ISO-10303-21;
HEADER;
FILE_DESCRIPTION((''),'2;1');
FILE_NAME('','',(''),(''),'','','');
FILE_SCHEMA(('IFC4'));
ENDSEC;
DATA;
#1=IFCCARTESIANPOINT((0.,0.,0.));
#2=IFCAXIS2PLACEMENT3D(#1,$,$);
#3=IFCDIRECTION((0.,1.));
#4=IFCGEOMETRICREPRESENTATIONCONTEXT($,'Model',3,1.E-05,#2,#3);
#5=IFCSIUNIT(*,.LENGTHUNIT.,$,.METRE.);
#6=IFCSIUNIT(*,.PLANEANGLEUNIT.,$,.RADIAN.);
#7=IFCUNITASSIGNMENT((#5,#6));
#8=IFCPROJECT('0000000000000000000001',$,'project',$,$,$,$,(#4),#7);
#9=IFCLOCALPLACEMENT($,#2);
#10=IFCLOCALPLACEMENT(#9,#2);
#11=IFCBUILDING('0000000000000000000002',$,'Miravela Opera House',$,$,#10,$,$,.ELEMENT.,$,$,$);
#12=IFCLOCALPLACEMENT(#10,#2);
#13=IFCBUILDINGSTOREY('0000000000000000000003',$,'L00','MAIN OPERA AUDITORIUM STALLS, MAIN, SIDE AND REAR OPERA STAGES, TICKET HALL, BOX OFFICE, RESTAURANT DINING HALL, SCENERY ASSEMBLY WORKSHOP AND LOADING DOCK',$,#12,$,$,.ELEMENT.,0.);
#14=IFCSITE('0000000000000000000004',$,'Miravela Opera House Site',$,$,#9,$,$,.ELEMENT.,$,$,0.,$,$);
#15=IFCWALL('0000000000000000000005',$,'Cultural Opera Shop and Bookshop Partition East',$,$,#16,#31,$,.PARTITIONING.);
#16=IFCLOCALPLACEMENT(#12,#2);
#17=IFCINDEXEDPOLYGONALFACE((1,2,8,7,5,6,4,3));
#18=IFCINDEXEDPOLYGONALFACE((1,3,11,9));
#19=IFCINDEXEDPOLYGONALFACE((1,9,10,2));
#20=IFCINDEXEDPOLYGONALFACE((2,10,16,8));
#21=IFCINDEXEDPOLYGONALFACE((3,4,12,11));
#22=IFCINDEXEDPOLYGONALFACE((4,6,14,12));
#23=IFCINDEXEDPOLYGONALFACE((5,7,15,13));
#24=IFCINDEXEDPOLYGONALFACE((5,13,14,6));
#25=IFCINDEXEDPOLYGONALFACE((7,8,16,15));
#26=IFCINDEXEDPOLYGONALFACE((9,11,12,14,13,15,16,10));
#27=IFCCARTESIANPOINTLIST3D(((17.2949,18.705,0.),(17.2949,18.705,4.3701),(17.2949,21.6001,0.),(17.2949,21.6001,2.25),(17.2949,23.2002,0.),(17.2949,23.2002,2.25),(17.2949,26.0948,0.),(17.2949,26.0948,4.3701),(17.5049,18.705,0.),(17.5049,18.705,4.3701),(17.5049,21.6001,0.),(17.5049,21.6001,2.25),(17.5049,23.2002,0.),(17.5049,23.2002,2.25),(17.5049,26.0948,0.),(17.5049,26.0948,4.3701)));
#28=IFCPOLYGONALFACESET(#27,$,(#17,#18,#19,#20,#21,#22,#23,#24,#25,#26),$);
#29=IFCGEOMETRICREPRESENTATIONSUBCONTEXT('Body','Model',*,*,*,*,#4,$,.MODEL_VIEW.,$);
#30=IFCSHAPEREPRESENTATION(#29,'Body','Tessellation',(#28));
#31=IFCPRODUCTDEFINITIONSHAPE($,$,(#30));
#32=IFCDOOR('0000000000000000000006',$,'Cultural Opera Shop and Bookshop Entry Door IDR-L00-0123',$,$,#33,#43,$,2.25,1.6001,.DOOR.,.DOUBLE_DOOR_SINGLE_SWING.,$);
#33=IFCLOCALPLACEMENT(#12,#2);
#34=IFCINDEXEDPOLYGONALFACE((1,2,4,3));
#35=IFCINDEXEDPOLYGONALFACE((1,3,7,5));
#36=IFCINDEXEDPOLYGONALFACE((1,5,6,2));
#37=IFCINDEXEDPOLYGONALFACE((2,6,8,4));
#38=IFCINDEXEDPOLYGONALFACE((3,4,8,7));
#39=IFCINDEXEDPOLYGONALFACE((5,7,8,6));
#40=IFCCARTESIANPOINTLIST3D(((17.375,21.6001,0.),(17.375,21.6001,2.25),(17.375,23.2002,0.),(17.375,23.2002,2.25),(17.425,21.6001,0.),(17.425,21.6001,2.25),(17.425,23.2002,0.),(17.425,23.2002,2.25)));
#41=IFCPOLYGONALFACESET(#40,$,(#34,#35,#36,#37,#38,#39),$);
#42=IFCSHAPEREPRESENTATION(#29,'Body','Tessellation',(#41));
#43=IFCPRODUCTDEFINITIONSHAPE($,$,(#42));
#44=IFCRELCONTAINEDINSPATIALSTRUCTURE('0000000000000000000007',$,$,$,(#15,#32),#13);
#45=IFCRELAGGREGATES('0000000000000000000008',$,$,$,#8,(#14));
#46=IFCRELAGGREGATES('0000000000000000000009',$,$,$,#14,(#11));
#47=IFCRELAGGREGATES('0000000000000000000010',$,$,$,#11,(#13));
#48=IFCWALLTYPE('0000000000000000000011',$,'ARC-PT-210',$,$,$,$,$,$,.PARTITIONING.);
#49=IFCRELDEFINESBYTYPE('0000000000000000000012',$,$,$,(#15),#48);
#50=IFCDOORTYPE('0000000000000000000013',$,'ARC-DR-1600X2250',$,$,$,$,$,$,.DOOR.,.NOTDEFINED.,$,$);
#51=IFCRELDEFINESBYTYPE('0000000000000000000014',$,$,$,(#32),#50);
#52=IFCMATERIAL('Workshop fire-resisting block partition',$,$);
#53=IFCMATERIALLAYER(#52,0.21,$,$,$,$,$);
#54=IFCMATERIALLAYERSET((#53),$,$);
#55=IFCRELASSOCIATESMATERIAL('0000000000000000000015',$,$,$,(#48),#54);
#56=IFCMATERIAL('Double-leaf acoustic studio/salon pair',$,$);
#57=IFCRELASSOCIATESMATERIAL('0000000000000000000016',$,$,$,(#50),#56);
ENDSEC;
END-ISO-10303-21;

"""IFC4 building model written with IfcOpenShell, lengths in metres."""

from ifc_helpers import new_model, si_unit, direction, frame, frame_2d, origin, place, context, subcontext, project, spatial, rectangle, extrude, material, layer, layer_set, type_object, element, fill, save


model = new_model("IFC4")

# Units and contexts
model_context = context("Model", 3, precision=1e-05, world=origin(), true_north=direction((0.0, 1.0)))
body_context = subcontext(model_context, "Body", "Model", "MODEL_VIEW")
ifc_project = project(units=[si_unit("LENGTHUNIT", "METRE"), si_unit("PLANEANGLEUNIT", "RADIAN")], contexts=[model_context])

# Site, building, storey
site_placement = place(None, origin())
site = spatial("IfcSite", under=ifc_project, at=site_placement, Name="Miravela Opera House Site", CompositionType="ELEMENT", RefElevation=0.0)
building_placement = place(site_placement, origin())
building = spatial("IfcBuilding", under=site, at=building_placement, Name="Miravela Opera House", CompositionType="ELEMENT")
storey_placement = place(building_placement, origin())
storey = spatial("IfcBuildingStorey", under=building, at=storey_placement, Name="L00", Description="MAIN OPERA AUDITORIUM STALLS, MAIN, SIDE AND REAR OPERA STAGES, TICKET HALL, BOX OFFICE, RESTAURANT DINING HALL, SCENERY ASSEMBLY WORKSHOP AND LOADING DOCK", CompositionType="ELEMENT", Elevation=0.0)

# Shared definitions
ifc_material_1 = material(Name="Workshop fire-resisting block partition")
ifc_layer_1 = layer(ifc_material_1, 0.21)
ifc_layer_set_1 = layer_set([ifc_layer_1])
wall_type_1 = type_object("IfcWallType", Name="ARC-PT-210", PredefinedType="PARTITIONING", material=ifc_layer_set_1)

# Wall, opening, door
wall_1_placement = place(storey_placement, frame((17.3999, 18.7051, 0.0), z_axis=(0.0, 0.0, 1.0), x_axis=(0.0, 1.0, 0.0)))
wall_1 = element("IfcWall", 1, at=wall_1_placement, inside=storey, type_object=wall_type_1, Name="Cultural Opera Shop and Bookshop Partition East", PredefinedType="PARTITIONING", context=body_context, shape_type="SweptSolid", body=[
    extrude(rectangle(XDim=7.3899, YDim=0.21, at=frame_2d((3.6948, 0.0))), origin(), (0.0, 0.0, 1.0), 4.3701),
])
opening_placement = place(wall_1_placement, frame((2.895, 0.0, 0.0)))
opening = element("IfcOpeningElement", 2, at=opening_placement, cuts=wall_1, PredefinedType="OPENING", context=body_context, shape_type="SweptSolid", body=[
    extrude(rectangle(XDim=1.6001, YDim=2.25, at=frame_2d((0.8, 1.125))), frame((0.0, 0.115, 0.0), z_axis=(0.0, -1.0, 0.0), x_axis=(1.0, 0.0, 0.0)), (0.0, 0.0, 1.0), 0.23),
])
ifc_material_2 = material(Name="Double-leaf acoustic studio/salon pair")
door_type = type_object("IfcDoorType", Name="ARC-DR-1600X2250", OperationType="NOTDEFINED", PredefinedType="DOOR", material=ifc_material_2)
door_placement = place(opening_placement, origin())
door = element("IfcDoor", 3, at=door_placement, inside=storey, type_object=door_type, Name="Cultural Opera Shop and Bookshop Entry Door IDR-L00-0123", OperationType="DOUBLE_DOOR_SINGLE_SWING", OverallHeight=2.25, OverallWidth=1.6001, PredefinedType="DOOR", context=body_context, shape_type="SweptSolid", body=[
    extrude(rectangle(XDim=1.6001, YDim=2.25, at=frame_2d((0.8, 1.125))), frame((0.0, 0.0249, 0.0), z_axis=(0.0, -1.0, 0.0), x_axis=(1.0, 0.0, 0.0)), (0.0, 0.0, 1.0), 0.05),
])
fill(opening, door)

save(model, "model.ifc")
